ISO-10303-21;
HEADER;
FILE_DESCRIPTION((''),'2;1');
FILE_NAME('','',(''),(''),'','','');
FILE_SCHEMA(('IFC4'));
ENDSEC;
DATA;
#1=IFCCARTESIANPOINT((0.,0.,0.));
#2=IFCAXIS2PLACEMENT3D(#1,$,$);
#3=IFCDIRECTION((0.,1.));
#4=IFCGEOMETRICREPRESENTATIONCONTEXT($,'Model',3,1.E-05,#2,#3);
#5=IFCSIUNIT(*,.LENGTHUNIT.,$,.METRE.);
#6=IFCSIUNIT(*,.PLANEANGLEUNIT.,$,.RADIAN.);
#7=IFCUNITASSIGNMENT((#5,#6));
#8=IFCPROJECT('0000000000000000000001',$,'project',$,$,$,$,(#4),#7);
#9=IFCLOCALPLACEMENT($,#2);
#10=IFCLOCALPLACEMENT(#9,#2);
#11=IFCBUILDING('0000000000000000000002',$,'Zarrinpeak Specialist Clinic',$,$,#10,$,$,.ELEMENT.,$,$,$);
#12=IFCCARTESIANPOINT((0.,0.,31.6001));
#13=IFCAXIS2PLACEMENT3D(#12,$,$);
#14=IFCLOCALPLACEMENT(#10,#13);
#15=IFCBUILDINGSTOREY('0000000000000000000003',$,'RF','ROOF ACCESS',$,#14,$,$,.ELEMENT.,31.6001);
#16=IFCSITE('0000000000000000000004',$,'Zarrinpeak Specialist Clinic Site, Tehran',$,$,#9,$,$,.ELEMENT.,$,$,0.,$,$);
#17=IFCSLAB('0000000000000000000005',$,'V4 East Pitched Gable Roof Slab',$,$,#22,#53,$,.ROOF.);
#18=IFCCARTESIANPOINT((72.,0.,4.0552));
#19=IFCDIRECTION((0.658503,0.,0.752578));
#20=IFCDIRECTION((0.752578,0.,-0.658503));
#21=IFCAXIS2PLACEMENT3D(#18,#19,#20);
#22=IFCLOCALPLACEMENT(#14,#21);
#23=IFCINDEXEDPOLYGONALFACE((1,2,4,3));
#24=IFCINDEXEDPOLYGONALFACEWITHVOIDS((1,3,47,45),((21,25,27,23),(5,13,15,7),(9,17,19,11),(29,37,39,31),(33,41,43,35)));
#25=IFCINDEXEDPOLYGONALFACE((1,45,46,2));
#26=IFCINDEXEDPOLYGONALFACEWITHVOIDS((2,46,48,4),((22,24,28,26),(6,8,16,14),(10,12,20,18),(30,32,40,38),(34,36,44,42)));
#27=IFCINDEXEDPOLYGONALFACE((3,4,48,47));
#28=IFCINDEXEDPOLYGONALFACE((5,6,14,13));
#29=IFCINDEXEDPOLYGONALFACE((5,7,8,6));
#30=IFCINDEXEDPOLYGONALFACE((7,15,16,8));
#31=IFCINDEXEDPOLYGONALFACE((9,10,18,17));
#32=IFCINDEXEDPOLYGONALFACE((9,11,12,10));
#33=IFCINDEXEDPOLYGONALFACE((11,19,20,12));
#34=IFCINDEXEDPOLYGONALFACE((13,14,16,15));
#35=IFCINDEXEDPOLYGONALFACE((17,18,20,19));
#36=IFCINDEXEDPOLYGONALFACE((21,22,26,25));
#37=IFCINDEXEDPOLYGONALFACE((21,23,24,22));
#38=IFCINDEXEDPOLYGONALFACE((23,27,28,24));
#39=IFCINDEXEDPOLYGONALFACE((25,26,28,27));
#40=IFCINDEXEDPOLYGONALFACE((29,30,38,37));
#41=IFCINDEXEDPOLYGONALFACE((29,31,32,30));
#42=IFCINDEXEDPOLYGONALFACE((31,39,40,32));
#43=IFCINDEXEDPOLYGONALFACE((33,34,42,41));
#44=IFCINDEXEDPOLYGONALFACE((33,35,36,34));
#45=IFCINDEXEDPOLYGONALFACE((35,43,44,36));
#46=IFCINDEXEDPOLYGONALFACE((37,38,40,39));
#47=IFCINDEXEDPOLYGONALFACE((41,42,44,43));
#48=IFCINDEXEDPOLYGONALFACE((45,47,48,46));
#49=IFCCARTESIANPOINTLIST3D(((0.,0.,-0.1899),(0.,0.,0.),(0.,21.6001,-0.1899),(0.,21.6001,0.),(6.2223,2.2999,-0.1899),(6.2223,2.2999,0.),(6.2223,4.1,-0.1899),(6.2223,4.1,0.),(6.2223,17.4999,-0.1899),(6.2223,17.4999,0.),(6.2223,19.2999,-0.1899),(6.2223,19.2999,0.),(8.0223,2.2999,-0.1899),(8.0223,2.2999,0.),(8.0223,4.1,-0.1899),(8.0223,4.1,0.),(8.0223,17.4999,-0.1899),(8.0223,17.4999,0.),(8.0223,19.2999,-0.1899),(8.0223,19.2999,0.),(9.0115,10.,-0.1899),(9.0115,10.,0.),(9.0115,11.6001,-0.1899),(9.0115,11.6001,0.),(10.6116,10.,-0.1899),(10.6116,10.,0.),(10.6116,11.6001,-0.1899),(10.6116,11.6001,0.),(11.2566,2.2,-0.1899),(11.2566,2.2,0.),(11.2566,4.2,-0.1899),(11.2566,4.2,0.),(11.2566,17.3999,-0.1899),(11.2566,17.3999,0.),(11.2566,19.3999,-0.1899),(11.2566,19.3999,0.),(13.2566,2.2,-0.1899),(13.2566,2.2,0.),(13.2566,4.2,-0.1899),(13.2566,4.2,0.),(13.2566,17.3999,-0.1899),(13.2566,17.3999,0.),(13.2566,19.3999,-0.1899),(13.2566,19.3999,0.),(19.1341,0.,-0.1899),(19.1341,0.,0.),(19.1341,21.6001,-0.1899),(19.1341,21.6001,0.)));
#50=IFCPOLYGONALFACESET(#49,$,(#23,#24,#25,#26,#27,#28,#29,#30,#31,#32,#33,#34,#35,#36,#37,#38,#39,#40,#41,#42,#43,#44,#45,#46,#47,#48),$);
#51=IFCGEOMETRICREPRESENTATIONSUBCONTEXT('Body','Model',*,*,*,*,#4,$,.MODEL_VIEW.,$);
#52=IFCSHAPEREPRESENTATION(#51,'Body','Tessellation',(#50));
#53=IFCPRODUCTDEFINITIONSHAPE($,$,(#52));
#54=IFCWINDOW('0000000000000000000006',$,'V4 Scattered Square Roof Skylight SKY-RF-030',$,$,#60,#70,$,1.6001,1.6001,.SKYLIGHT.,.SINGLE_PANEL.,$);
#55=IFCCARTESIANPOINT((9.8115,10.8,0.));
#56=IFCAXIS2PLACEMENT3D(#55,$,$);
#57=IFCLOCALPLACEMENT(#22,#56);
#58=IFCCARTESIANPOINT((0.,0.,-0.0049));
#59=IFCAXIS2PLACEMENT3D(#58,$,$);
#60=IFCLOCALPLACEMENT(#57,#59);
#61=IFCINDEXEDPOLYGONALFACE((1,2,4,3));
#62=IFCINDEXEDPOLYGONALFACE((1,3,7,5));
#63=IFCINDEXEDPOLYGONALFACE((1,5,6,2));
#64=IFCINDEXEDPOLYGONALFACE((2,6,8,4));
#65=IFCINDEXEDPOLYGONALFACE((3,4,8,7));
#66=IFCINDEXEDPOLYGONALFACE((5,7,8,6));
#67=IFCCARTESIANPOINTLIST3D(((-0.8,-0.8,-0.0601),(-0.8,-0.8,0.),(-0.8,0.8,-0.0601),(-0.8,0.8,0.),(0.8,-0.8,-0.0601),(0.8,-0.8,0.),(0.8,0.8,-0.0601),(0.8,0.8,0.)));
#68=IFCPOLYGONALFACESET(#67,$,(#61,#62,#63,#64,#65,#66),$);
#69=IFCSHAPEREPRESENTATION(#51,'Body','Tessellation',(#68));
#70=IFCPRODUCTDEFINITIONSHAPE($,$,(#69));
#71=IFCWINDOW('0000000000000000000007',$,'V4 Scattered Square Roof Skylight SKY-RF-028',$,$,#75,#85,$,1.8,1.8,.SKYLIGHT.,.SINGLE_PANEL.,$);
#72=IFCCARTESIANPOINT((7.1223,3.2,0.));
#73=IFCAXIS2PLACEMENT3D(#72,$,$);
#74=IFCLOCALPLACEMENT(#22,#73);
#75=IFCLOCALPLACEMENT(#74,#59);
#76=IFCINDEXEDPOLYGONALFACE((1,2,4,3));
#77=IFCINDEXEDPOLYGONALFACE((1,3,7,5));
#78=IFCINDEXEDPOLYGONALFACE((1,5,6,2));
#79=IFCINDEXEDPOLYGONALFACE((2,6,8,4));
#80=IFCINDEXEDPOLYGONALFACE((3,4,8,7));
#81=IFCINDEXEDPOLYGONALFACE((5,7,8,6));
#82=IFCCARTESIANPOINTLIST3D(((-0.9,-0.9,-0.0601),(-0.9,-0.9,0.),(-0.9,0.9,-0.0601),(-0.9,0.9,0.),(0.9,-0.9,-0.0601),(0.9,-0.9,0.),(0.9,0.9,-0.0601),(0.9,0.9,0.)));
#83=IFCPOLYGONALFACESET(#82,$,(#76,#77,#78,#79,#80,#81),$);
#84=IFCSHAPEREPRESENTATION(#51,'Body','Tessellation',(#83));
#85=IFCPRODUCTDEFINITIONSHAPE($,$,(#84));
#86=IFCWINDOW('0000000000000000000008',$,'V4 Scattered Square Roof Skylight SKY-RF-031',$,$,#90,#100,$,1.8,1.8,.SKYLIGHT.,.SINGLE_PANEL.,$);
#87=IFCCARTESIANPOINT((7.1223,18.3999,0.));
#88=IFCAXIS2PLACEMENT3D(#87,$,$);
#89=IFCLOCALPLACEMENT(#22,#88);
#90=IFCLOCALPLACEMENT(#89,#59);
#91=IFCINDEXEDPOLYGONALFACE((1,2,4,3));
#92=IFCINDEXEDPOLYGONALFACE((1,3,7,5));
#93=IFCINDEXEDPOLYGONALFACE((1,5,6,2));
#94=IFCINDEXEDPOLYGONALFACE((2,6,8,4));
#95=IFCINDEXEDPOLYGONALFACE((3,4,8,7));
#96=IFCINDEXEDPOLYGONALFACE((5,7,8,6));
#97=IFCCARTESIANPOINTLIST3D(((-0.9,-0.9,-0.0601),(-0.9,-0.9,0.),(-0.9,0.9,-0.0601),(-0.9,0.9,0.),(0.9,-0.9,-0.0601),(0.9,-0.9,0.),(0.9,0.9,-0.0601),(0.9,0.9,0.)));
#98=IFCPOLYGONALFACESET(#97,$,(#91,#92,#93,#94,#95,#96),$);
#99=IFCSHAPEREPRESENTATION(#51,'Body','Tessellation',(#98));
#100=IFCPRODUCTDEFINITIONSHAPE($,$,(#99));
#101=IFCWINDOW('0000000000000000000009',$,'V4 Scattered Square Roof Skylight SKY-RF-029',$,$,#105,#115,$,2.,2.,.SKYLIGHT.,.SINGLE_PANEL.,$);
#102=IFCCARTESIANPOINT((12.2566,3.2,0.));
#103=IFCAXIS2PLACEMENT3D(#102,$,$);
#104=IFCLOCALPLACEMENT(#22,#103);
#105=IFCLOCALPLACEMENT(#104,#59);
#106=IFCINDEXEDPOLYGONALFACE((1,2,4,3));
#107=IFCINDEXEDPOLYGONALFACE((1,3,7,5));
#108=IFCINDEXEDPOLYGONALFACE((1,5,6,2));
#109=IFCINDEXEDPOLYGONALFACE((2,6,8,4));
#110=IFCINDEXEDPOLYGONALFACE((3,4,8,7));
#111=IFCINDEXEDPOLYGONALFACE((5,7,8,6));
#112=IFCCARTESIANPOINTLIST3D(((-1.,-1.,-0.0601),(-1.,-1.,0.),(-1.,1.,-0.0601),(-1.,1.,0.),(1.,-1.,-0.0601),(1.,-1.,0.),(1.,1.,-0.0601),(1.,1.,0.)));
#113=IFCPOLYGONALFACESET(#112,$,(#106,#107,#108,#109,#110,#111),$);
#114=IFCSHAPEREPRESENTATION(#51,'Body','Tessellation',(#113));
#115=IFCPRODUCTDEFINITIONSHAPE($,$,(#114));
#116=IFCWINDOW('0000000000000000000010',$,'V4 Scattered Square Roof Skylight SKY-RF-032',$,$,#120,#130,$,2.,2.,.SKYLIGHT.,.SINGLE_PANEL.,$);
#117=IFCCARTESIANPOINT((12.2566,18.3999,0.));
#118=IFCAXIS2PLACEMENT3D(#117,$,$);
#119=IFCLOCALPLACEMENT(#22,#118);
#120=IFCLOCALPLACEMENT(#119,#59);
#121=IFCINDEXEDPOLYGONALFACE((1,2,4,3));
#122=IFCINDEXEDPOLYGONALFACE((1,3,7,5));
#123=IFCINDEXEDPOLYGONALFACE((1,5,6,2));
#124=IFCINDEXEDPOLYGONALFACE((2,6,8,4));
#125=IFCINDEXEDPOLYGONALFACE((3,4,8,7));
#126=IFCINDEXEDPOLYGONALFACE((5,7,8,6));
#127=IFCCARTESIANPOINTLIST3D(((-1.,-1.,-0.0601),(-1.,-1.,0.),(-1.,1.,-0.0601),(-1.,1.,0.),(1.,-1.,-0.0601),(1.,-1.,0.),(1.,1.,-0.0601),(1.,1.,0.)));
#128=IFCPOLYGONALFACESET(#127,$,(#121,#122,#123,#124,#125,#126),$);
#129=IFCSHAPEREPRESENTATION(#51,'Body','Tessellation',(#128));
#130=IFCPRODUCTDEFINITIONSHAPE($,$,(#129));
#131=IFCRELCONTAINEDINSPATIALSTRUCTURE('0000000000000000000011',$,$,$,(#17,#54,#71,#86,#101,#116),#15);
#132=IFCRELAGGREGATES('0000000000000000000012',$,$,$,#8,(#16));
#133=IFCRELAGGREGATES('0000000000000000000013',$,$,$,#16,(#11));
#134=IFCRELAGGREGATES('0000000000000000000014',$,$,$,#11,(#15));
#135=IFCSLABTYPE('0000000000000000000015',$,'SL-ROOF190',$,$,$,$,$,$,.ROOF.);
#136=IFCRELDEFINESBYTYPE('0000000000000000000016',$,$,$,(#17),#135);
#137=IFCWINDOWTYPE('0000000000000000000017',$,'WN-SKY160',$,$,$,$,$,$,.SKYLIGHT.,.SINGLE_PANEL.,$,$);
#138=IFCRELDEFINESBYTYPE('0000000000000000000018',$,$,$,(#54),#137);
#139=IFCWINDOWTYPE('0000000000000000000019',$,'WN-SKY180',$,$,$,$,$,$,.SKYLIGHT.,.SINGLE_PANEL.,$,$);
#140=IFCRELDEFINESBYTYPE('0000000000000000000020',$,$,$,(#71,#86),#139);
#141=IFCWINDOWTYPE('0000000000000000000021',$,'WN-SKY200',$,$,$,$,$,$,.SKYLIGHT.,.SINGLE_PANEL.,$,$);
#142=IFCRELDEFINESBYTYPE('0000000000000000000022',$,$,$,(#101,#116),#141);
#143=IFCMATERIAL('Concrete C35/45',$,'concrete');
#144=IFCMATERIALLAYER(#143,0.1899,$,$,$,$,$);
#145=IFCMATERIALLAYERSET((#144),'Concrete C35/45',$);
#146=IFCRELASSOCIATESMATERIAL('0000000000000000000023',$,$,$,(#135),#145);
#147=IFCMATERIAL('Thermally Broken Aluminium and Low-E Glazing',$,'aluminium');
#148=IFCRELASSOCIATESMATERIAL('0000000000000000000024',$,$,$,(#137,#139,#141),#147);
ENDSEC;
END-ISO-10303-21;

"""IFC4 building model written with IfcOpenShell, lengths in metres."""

from ifc_helpers import new_model, si_unit, direction, frame, origin, origin_2d, place, context, subcontext, project, spatial, polyline, rectangle, outline, extrude, material, layer, layer_set, type_object, element, fill, save


model = new_model("IFC4")

# Units and contexts
model_context = context("Model", 3, precision=1e-05, world=origin(), true_north=direction((0.0, 1.0)))
body_context = subcontext(model_context, "Body", "Model", "MODEL_VIEW")
ifc_project = project(units=[si_unit("LENGTHUNIT", "METRE"), si_unit("PLANEANGLEUNIT", "RADIAN")], contexts=[model_context])

# Site, building, storey
site_placement = place(None, origin())
site = spatial("IfcSite", under=ifc_project, at=site_placement, Name="Zarrinpeak Specialist Clinic Site, Tehran", CompositionType="ELEMENT", RefElevation=0.0)
building_placement = place(site_placement, origin())
building = spatial("IfcBuilding", under=site, at=building_placement, Name="Zarrinpeak Specialist Clinic", CompositionType="ELEMENT")
storey_placement = place(building_placement, frame((0.0, 0.0, 31.6001)))
storey = spatial("IfcBuildingStorey", under=building, at=storey_placement, Name="RF", Description="ROOF ACCESS", CompositionType="ELEMENT", Elevation=31.6001)

# Slab, openings, windows
ifc_material_1 = material(Name="Concrete C35/45", Category="concrete")
ifc_layer_1 = layer(ifc_material_1, 0.1899)
ifc_layer_set_1 = layer_set([ifc_layer_1], Name="Concrete C35/45")
slab_type = type_object("IfcSlabType", Name="SL-ROOF190", PredefinedType="ROOF", material=ifc_layer_set_1)
slab_placement = place(storey_placement, frame((72.0, 0.0, 4.0552), z_axis=(0.658503, 0.0, 0.752578), x_axis=(0.752578, 0.0, -0.658503)))
slab = element("IfcSlab", 1, at=slab_placement, inside=storey, type_object=slab_type, Name="V4 East Pitched Gable Roof Slab", PredefinedType="ROOF", context=body_context, shape_type="SweptSolid", body=[
    extrude(outline(polyline([(0.0, 0.0), (19.1341, 0.0), (19.1341, 21.6001), (0.0, 21.6001), (0.0, 0.0)])), origin(), (0.0, 0.0, -1.0), 0.1899),
])
opening_1_placement = place(slab_placement, frame((7.1223, 3.2, 0.0)))
opening_1 = element("IfcOpeningElement", 2, at=opening_1_placement, cuts=slab, PredefinedType="OPENING", context=body_context, shape_type="SweptSolid", body=[
    extrude(rectangle(XDim=1.8, YDim=1.8, at=origin_2d()), frame((0.0, 0.0, 0.01), z_axis=(0.0, 0.0, 1.0), x_axis=(1.0, 0.0, 0.0)), (0.0, 0.0, -1.0), 0.21),
])
opening_2_placement = place(slab_placement, frame((12.2566, 3.2, 0.0)))
opening_2 = element("IfcOpeningElement", 3, at=opening_2_placement, cuts=slab, PredefinedType="OPENING", context=body_context, shape_type="SweptSolid", body=[
    extrude(rectangle(XDim=2.0, YDim=2.0, at=origin_2d()), frame((0.0, 0.0, 0.01), z_axis=(0.0, 0.0, 1.0), x_axis=(1.0, 0.0, 0.0)), (0.0, 0.0, -1.0), 0.21),
])
opening_3_placement = place(slab_placement, frame((9.8115, 10.8, 0.0)))
opening_3 = element("IfcOpeningElement", 4, at=opening_3_placement, cuts=slab, PredefinedType="OPENING", context=body_context, shape_type="SweptSolid", body=[
    extrude(rectangle(XDim=1.6001, YDim=1.6001, at=origin_2d()), frame((0.0, 0.0, 0.01), z_axis=(0.0, 0.0, 1.0), x_axis=(1.0, 0.0, 0.0)), (0.0, 0.0, -1.0), 0.21),
])
opening_4_placement = place(slab_placement, frame((7.1223, 18.3999, 0.0)))
opening_4 = element("IfcOpeningElement", 5, at=opening_4_placement, cuts=slab, PredefinedType="OPENING", context=body_context, shape_type="SweptSolid", body=[
    extrude(rectangle(XDim=1.8, YDim=1.8, at=origin_2d()), frame((0.0, 0.0, 0.01), z_axis=(0.0, 0.0, 1.0), x_axis=(1.0, 0.0, 0.0)), (0.0, 0.0, -1.0), 0.21),
])
opening_5_placement = place(slab_placement, frame((12.2566, 18.3999, 0.0)))
opening_5 = element("IfcOpeningElement", 6, at=opening_5_placement, cuts=slab, PredefinedType="OPENING", context=body_context, shape_type="SweptSolid", body=[
    extrude(rectangle(XDim=2.0, YDim=2.0, at=origin_2d()), frame((0.0, 0.0, 0.01), z_axis=(0.0, 0.0, 1.0), x_axis=(1.0, 0.0, 0.0)), (0.0, 0.0, -1.0), 0.21),
])
ifc_material_2 = material(Name="Thermally Broken Aluminium and Low-E Glazing", Category="aluminium")
window_type_1 = type_object("IfcWindowType", Name="WN-SKY160", PartitioningType="SINGLE_PANEL", PredefinedType="SKYLIGHT", material=ifc_material_2)
window_1_placement = place(opening_3_placement, frame((0.0, 0.0, -0.0049)))
window_1 = element("IfcWindow", 7, at=window_1_placement, inside=storey, type_object=window_type_1, Name="V4 Scattered Square Roof Skylight SKY-RF-030", OverallHeight=1.6001, OverallWidth=1.6001, PartitioningType="SINGLE_PANEL", PredefinedType="SKYLIGHT", context=body_context, shape_type="SweptSolid", body=[
    extrude(rectangle(XDim=1.6001, YDim=1.6001, at=origin_2d()), origin(), (0.0, 0.0, -1.0), 0.0601),
])
fill(opening_3, window_1)
window_type_2 = type_object("IfcWindowType", Name="WN-SKY180", PartitioningType="SINGLE_PANEL", PredefinedType="SKYLIGHT", material=ifc_material_2)
window_2_placement = place(opening_1_placement, frame((0.0, 0.0, -0.0049)))
window_2 = element("IfcWindow", 8, at=window_2_placement, inside=storey, type_object=window_type_2, Name="V4 Scattered Square Roof Skylight SKY-RF-028", OverallHeight=1.8, OverallWidth=1.8, PartitioningType="SINGLE_PANEL", PredefinedType="SKYLIGHT", context=body_context, shape_type="SweptSolid", body=[
    extrude(rectangle(XDim=1.8, YDim=1.8, at=origin_2d()), origin(), (0.0, 0.0, -1.0), 0.0601),
])
fill(opening_1, window_2)
window_3_placement = place(opening_4_placement, frame((0.0, 0.0, -0.0049)))
window_3 = element("IfcWindow", 9, at=window_3_placement, inside=storey, type_object=window_type_2, Name="V4 Scattered Square Roof Skylight SKY-RF-031", OverallHeight=1.8, OverallWidth=1.8, PartitioningType="SINGLE_PANEL", PredefinedType="SKYLIGHT", context=body_context, shape_type="SweptSolid", body=[
    extrude(rectangle(XDim=1.8, YDim=1.8, at=origin_2d()), origin(), (0.0, 0.0, -1.0), 0.0601),
])
fill(opening_4, window_3)
window_type_3 = type_object("IfcWindowType", Name="WN-SKY200", PartitioningType="SINGLE_PANEL", PredefinedType="SKYLIGHT", material=ifc_material_2)
window_4_placement = place(opening_2_placement, frame((0.0, 0.0, -0.0049)))
window_4 = element("IfcWindow", 10, at=window_4_placement, inside=storey, type_object=window_type_3, Name="V4 Scattered Square Roof Skylight SKY-RF-029", OverallHeight=2.0, OverallWidth=2.0, PartitioningType="SINGLE_PANEL", PredefinedType="SKYLIGHT", context=body_context, shape_type="SweptSolid", body=[
    extrude(rectangle(XDim=2.0, YDim=2.0, at=origin_2d()), origin(), (0.0, 0.0, -1.0), 0.0601),
])
fill(opening_2, window_4)
window_5_placement = place(opening_5_placement, frame((0.0, 0.0, -0.0049)))
window_5 = element("IfcWindow", 11, at=window_5_placement, inside=storey, type_object=window_type_3, Name="V4 Scattered Square Roof Skylight SKY-RF-032", OverallHeight=2.0, OverallWidth=2.0, PartitioningType="SINGLE_PANEL", PredefinedType="SKYLIGHT", context=body_context, shape_type="SweptSolid", body=[
    extrude(rectangle(XDim=2.0, YDim=2.0, at=origin_2d()), origin(), (0.0, 0.0, -1.0), 0.0601),
])
fill(opening_5, window_5)

save(model, "model.ifc")
